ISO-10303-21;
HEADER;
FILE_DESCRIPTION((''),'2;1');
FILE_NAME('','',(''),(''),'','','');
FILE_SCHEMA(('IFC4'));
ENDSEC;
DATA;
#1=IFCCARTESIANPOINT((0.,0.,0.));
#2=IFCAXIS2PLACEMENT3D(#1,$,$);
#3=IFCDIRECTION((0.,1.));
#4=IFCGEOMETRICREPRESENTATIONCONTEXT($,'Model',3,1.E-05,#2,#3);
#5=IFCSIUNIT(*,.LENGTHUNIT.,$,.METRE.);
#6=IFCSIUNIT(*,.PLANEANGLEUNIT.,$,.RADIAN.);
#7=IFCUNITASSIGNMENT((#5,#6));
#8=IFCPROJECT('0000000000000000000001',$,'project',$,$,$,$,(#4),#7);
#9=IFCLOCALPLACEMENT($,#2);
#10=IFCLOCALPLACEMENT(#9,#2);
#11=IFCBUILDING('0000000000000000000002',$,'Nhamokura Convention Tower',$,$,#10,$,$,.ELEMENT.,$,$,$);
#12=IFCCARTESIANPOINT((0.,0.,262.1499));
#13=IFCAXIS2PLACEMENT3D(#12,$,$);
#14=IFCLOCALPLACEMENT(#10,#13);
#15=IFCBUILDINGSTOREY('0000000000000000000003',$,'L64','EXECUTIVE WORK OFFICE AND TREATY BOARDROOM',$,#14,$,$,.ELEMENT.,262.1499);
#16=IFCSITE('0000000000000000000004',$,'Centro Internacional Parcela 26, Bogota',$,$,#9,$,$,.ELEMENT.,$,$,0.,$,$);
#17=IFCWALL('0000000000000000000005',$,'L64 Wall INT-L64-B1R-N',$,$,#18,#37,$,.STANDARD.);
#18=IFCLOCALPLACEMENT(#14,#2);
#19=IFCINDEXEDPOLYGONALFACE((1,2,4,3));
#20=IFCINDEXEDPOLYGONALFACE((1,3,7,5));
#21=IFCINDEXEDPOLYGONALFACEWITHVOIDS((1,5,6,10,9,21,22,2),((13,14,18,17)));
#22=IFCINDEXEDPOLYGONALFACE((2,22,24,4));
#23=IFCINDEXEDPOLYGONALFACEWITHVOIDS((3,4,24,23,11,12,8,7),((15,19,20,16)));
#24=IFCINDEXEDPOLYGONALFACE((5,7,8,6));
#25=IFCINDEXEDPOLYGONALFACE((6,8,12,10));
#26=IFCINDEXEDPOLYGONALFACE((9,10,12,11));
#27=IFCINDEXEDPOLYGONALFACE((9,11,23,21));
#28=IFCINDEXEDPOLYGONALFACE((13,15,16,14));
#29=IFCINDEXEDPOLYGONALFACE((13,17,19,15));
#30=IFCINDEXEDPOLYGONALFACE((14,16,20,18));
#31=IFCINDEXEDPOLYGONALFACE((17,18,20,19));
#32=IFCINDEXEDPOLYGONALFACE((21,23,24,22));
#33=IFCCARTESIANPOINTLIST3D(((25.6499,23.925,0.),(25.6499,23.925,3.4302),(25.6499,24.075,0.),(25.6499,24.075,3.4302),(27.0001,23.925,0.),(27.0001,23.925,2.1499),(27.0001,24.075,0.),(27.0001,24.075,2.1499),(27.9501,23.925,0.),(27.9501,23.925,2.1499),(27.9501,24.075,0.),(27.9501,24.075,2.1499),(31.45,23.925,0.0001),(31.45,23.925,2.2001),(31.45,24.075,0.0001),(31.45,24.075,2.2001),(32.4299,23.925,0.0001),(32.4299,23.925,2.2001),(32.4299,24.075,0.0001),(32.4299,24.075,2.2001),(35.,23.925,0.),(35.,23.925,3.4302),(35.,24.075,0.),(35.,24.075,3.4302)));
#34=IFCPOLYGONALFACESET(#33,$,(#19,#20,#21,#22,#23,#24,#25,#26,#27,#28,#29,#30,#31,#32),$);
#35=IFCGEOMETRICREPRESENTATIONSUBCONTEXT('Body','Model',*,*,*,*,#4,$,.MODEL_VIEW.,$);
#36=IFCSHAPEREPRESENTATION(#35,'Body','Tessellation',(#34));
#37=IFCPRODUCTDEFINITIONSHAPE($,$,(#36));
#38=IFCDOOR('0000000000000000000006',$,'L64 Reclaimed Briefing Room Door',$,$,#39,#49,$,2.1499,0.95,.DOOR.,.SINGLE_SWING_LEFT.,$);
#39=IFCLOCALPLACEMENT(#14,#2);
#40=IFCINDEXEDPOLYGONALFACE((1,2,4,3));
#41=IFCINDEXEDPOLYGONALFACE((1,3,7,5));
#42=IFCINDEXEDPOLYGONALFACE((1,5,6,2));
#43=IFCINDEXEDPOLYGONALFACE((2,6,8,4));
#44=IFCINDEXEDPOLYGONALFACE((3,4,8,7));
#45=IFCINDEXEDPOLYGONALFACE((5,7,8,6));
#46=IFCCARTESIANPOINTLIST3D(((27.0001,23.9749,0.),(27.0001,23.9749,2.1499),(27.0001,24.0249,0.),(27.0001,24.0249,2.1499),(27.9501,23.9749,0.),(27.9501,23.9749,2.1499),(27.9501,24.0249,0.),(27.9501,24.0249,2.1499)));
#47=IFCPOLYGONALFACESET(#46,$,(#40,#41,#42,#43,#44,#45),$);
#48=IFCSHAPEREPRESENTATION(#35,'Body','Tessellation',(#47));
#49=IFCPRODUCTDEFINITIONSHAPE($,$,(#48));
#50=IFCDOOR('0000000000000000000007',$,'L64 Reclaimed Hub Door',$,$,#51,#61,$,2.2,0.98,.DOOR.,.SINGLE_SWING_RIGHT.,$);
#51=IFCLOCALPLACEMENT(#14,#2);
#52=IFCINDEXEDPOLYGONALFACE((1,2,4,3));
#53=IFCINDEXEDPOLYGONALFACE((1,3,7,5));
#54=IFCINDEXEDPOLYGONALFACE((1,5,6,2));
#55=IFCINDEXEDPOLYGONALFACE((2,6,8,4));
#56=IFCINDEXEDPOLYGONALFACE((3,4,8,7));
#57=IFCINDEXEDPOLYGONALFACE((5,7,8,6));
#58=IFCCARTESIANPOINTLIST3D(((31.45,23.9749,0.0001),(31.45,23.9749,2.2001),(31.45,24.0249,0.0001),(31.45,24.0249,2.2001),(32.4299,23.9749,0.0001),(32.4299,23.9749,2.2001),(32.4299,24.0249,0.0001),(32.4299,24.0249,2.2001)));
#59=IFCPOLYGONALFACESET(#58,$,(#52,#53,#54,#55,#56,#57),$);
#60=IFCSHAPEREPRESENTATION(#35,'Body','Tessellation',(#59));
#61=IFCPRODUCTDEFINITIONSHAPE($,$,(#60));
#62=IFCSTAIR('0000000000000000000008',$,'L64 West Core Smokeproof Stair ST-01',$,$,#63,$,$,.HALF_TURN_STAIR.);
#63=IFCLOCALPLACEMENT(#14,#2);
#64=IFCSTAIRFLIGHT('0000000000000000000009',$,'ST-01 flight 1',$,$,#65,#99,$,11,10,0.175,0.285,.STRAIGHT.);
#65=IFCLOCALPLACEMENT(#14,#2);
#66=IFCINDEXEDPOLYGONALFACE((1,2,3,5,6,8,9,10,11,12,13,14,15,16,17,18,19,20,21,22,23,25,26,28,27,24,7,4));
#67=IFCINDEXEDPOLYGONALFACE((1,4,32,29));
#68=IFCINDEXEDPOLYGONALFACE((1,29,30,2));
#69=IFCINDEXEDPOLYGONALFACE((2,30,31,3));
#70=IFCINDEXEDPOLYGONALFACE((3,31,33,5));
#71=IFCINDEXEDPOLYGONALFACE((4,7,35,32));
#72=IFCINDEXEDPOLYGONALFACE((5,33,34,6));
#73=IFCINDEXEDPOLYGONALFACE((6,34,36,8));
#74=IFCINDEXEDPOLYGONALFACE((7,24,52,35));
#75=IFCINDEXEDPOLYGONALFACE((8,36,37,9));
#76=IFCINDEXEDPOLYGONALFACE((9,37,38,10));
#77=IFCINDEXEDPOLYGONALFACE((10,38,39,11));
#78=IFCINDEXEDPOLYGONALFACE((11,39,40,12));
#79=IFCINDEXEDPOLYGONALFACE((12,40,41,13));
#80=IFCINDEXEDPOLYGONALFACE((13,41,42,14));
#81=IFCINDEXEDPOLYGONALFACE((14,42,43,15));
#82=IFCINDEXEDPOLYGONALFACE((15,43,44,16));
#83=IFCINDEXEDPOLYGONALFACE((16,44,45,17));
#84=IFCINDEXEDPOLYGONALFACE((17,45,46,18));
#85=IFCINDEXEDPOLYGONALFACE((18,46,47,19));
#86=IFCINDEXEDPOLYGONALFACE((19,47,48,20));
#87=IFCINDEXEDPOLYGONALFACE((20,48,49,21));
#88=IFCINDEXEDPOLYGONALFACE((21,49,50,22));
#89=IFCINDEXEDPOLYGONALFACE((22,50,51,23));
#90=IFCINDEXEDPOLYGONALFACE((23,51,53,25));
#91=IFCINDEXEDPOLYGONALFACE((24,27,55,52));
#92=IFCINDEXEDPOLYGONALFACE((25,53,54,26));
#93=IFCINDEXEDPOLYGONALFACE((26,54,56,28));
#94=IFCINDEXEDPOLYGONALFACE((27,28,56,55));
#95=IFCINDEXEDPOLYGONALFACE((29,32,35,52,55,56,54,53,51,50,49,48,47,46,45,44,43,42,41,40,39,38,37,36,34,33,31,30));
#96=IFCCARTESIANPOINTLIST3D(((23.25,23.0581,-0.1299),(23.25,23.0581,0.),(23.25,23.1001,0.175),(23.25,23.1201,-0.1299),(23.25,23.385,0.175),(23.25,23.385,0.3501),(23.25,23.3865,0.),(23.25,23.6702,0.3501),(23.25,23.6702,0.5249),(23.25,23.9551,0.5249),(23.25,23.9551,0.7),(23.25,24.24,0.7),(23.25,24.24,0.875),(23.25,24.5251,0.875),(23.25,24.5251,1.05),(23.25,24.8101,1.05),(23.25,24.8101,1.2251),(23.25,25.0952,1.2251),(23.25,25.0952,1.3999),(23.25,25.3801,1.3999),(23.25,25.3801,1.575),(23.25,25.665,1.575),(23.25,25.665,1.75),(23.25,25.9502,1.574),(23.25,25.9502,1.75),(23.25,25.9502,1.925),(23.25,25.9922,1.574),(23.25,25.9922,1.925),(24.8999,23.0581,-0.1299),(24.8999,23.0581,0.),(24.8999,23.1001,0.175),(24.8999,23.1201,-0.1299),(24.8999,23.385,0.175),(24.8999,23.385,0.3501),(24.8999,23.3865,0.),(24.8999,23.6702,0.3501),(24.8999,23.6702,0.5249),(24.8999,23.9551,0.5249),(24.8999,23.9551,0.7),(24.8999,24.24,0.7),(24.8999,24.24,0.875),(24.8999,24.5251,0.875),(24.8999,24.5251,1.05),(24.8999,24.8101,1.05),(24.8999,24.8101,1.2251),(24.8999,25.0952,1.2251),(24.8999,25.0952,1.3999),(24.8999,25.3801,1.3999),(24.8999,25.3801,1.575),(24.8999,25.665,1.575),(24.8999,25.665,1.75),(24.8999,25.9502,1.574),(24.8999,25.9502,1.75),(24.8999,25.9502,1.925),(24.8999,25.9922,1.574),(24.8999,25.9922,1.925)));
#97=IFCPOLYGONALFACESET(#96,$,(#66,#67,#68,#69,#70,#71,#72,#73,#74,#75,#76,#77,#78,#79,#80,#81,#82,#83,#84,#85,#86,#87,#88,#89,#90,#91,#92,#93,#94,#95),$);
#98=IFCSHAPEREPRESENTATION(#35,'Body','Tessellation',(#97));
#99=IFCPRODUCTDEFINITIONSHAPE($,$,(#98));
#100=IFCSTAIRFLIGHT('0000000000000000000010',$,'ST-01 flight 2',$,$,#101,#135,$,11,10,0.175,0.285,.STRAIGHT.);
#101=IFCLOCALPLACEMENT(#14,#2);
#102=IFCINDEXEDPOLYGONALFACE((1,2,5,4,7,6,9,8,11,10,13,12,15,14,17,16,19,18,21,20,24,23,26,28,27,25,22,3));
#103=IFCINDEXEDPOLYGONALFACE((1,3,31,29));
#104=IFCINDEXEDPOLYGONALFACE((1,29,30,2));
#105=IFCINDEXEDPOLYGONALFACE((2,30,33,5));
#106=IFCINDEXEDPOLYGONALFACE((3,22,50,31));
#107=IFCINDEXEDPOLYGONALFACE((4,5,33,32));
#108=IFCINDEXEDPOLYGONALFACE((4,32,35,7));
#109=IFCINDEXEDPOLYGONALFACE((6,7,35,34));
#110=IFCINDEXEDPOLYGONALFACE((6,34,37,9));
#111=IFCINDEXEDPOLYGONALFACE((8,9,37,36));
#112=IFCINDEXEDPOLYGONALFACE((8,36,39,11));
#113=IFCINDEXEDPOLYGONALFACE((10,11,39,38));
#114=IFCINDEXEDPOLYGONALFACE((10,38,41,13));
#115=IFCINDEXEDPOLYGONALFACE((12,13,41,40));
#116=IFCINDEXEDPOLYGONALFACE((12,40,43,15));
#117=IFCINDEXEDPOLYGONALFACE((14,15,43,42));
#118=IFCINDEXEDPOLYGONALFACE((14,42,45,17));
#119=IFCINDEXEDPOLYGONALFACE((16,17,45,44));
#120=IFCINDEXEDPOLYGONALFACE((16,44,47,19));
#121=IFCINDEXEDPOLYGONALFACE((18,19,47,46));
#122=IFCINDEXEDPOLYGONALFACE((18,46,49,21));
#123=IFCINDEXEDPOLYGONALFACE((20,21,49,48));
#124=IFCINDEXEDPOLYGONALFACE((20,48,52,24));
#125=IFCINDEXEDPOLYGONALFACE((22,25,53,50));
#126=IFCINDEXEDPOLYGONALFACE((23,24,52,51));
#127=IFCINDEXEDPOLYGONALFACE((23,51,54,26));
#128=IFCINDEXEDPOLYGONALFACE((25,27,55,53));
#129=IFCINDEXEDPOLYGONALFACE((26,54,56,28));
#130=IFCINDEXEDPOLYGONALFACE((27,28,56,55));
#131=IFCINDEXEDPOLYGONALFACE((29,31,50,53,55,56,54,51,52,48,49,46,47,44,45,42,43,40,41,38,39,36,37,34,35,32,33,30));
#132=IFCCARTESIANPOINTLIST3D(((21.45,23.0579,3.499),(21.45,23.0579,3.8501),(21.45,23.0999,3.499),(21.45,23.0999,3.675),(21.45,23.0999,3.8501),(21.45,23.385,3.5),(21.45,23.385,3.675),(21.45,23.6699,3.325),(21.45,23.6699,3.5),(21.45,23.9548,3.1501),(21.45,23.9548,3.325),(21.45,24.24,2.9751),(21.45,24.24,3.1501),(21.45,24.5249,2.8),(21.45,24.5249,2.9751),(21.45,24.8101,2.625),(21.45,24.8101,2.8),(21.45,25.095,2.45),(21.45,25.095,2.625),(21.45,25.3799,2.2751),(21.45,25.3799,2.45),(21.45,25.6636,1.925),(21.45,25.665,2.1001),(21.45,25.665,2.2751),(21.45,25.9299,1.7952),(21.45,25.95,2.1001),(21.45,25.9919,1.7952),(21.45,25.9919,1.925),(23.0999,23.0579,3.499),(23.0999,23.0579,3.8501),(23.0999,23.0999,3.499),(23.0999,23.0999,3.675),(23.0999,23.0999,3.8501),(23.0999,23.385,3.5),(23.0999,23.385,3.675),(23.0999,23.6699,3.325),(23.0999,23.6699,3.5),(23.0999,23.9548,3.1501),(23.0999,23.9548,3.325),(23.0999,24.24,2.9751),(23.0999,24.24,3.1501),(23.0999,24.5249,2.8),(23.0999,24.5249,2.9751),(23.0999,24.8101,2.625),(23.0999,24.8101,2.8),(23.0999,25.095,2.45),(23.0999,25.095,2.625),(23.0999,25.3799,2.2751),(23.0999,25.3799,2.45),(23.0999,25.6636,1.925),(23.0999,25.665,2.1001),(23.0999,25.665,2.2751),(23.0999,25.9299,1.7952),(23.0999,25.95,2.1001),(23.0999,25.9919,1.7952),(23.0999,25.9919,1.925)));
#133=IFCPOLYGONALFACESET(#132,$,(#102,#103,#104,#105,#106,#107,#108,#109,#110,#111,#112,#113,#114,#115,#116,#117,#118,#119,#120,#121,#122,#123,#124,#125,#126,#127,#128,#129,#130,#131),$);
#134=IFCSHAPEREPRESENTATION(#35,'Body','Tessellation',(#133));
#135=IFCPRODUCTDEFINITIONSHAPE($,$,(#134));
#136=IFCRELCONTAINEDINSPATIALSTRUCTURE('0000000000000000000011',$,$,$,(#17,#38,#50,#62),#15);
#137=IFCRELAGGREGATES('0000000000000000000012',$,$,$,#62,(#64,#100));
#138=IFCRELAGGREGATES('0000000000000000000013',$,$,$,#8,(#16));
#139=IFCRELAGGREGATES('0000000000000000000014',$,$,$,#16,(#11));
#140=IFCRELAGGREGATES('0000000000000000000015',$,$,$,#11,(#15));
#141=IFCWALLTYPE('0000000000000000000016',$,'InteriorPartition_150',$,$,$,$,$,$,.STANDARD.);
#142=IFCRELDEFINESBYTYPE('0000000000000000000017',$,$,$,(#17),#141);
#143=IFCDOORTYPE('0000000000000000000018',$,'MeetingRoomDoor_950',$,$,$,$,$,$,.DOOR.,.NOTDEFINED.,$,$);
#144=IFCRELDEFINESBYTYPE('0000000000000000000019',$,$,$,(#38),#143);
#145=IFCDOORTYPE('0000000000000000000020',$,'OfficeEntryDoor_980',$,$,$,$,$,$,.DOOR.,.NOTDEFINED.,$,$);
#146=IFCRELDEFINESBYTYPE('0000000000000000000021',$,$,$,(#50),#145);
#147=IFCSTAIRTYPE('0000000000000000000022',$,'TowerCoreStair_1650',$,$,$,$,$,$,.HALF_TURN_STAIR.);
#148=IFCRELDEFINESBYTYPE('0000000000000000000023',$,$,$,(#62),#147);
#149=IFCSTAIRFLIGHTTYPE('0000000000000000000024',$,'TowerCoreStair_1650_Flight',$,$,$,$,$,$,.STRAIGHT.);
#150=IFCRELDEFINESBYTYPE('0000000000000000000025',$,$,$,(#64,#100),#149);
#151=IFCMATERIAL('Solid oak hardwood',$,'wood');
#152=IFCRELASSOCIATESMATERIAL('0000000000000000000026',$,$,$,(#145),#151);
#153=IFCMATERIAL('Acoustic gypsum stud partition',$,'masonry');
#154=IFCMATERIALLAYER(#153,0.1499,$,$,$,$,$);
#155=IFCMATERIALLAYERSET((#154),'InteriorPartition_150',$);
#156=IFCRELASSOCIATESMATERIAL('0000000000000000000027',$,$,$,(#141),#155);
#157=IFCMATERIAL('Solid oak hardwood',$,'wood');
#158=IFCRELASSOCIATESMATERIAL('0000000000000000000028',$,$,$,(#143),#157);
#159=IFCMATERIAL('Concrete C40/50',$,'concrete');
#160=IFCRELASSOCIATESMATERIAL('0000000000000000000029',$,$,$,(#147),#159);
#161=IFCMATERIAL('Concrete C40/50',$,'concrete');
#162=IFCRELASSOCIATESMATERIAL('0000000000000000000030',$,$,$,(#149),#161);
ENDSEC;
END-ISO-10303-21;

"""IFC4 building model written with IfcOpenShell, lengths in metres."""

from ifc_helpers import new_model, si_unit, direction, frame, frame_2d, origin, place, context, subcontext, project, spatial, polyline, rectangle, outline, extrude, material, layer, layer_set, type_object, element, fill, aggregate, save


model = new_model("IFC4")

# Units and contexts
model_context = context("Model", 3, precision=1e-05, world=origin(), true_north=direction((0.0, 1.0)))
body_context = subcontext(model_context, "Body", "Model", "MODEL_VIEW")
ifc_project = project(units=[si_unit("LENGTHUNIT", "METRE"), si_unit("PLANEANGLEUNIT", "RADIAN")], contexts=[model_context])

# Site, building, storey
site_placement = place(None, origin())
site = spatial("IfcSite", under=ifc_project, at=site_placement, Name="Centro Internacional Parcela 26, Bogota", CompositionType="ELEMENT", RefElevation=0.0)
building_placement = place(site_placement, origin())
building = spatial("IfcBuilding", under=site, at=building_placement, Name="Nhamokura Convention Tower", CompositionType="ELEMENT")
storey_placement = place(building_placement, frame((0.0, 0.0, 262.1499)))
storey = spatial("IfcBuildingStorey", under=building, at=storey_placement, Name="L64", Description="EXECUTIVE WORK OFFICE AND TREATY BOARDROOM", CompositionType="ELEMENT", Elevation=262.1499)

# Shared definitions
ifc_material_1 = material(Name="Solid oak hardwood", Category="wood")
door_type_1 = type_object("IfcDoorType", Name="OfficeEntryDoor_980", OperationType="NOTDEFINED", PredefinedType="DOOR", material=ifc_material_1)

# Wall, openings, doors
ifc_material_2 = material(Name="Acoustic gypsum stud partition", Category="masonry")
ifc_layer_1 = layer(ifc_material_2, 0.1499)
ifc_layer_set_1 = layer_set([ifc_layer_1], Name="InteriorPartition_150")
wall_type_1 = type_object("IfcWallType", Name="InteriorPartition_150", PredefinedType="STANDARD", material=ifc_layer_set_1)
wall_1_placement = place(storey_placement, frame((25.6499, 24.0, 0.0), z_axis=(0.0, 0.0, 1.0), x_axis=(1.0, 0.0, 0.0)))
wall_1 = element("IfcWall", 1, at=wall_1_placement, inside=storey, type_object=wall_type_1, Name="L64 Wall INT-L64-B1R-N", PredefinedType="STANDARD", context=body_context, shape_type="SweptSolid", body=[
    extrude(rectangle(XDim=9.3501, YDim=0.1499, at=frame_2d((4.675, 0.0))), origin(), (0.0, 0.0, 1.0), 3.4302),
])
opening_1_placement = place(wall_1_placement, frame((1.3501, 0.0, 0.0)))
opening_1 = element("IfcOpeningElement", 2, at=opening_1_placement, cuts=wall_1, PredefinedType="OPENING", context=body_context, shape_type="SweptSolid", body=[
    extrude(rectangle(XDim=0.95, YDim=2.1499, at=frame_2d((0.4751, 1.075))), frame((0.0, 0.085, 0.0), z_axis=(0.0, -1.0, 0.0), x_axis=(1.0, 0.0, 0.0)), (0.0, 0.0, 1.0), 0.1699),
])
opening_2_placement = place(wall_1_placement, frame((5.8, 0.0, 0.0)))
opening_2 = element("IfcOpeningElement", 3, at=opening_2_placement, cuts=wall_1, PredefinedType="OPENING", context=body_context, shape_type="SweptSolid", body=[
    extrude(rectangle(XDim=0.98, YDim=2.2, at=frame_2d((0.49, 1.1001))), frame((0.0, 0.085, 0.0), z_axis=(0.0, -1.0, 0.0), x_axis=(1.0, 0.0, 0.0)), (0.0, 0.0, 1.0), 0.1699),
])
ifc_material_3 = material(Name="Solid oak hardwood", Category="wood")
door_type_2 = type_object("IfcDoorType", Name="MeetingRoomDoor_950", OperationType="NOTDEFINED", PredefinedType="DOOR", material=ifc_material_3)
door_1_placement = place(opening_1_placement, origin())
door_1 = element("IfcDoor", 4, at=door_1_placement, inside=storey, type_object=door_type_2, Name="L64 Reclaimed Briefing Room Door", OperationType="SINGLE_SWING_LEFT", OverallHeight=2.1499, OverallWidth=0.95, PredefinedType="DOOR", context=body_context, shape_type="SweptSolid", body=[
    extrude(rectangle(XDim=0.95, YDim=2.1499, at=frame_2d((0.4751, 1.075))), frame((0.0, 0.0249, 0.0), z_axis=(0.0, -1.0, 0.0), x_axis=(1.0, 0.0, 0.0)), (0.0, 0.0, 1.0), 0.05),
])
fill(opening_1, door_1)
door_2_placement = place(opening_2_placement, origin())
door_2 = element("IfcDoor", 5, at=door_2_placement, inside=storey, type_object=door_type_1, Name="L64 Reclaimed Hub Door", OperationType="SINGLE_SWING_RIGHT", OverallHeight=2.2, OverallWidth=0.98, PredefinedType="DOOR", context=body_context, shape_type="SweptSolid", body=[
    extrude(rectangle(XDim=0.98, YDim=2.2, at=frame_2d((0.49, 1.1001))), frame((0.0, 0.0249, 0.0), z_axis=(0.0, -1.0, 0.0), x_axis=(1.0, 0.0, 0.0)), (0.0, 0.0, 1.0), 0.05),
])
fill(opening_2, door_2)

# Stair, stair flights
ifc_material_4 = material(Name="Concrete C40/50", Category="concrete")
stair_type = type_object("IfcStairType", Name="TowerCoreStair_1650", PredefinedType="HALF_TURN_STAIR", material=ifc_material_4)
stair_placement = place(storey_placement, origin())
stair = element("IfcStair", 6, at=stair_placement, inside=storey, type_object=stair_type, Name="L64 West Core Smokeproof Stair ST-01", PredefinedType="HALF_TURN_STAIR")
ifc_material_5 = material(Name="Concrete C40/50", Category="concrete")
stair_flight_type = type_object("IfcStairFlightType", Name="TowerCoreStair_1650_Flight", PredefinedType="STRAIGHT", material=ifc_material_5)
stair_flight_1_placement = place(storey_placement, frame((24.075, 23.1001, 0.0), z_axis=(0.0, 0.0, 1.0), x_axis=(0.0, 1.0, 0.0)))
stair_flight_1 = element("IfcStairFlight", 7, at=stair_flight_1_placement, type_object=stair_flight_type, Name="ST-01 flight 1", NumberOfRisers=11, NumberOfTreads=10, PredefinedType="STRAIGHT", RiserHeight=0.175, TreadLength=0.285, context=body_context, shape_type="SweptSolid", body=[
    extrude(outline(polyline([(-0.042, 0.0), (0.0, 0.175), (0.2849, 0.175), (0.2849, 0.3501), (0.5701, 0.3501), (0.5701, 0.5249), (0.855, 0.5249), (0.855, 0.7), (1.1399, 0.7), (1.1399, 0.875), (1.425, 0.875), (1.425, 1.05), (1.71, 1.05), (1.71, 1.2251), (1.9951, 1.2251), (1.9951, 1.3999), (2.28, 1.3999), (2.28, 1.575), (2.5649, 1.575), (2.5649, 1.75), (2.8501, 1.75), (2.8501, 1.925), (2.8921, 1.925), (2.8921, 1.574), (2.8501, 1.574), (0.2864, 0.0), (0.02, -0.1299), (-0.042, -0.1299), (-0.042, 0.0)])), frame((0.0, 0.825, 0.0), z_axis=(0.0, -1.0, 0.0), x_axis=(1.0, 0.0, 0.0)), (0.0, 0.0, 1.0), 1.6499),
])
stair_flight_2_placement = place(storey_placement, frame((22.2749, 25.95, 1.925), z_axis=(0.0, 0.0, 1.0), x_axis=(0.0, -1.0, 0.0)))
stair_flight_2 = element("IfcStairFlight", 8, at=stair_flight_2_placement, type_object=stair_flight_type, Name="ST-01 flight 2", NumberOfRisers=11, NumberOfTreads=10, PredefinedType="STRAIGHT", RiserHeight=0.175, TreadLength=0.285, context=body_context, shape_type="SweptSolid", body=[
    extrude(outline(polyline([(-0.042, 0.0), (0.0, 0.175), (0.2849, 0.175), (0.2849, 0.3501), (0.5701, 0.3501), (0.5701, 0.5249), (0.855, 0.5249), (0.855, 0.7), (1.1399, 0.7), (1.1399, 0.875), (1.425, 0.875), (1.425, 1.05), (1.71, 1.05), (1.71, 1.2251), (1.9951, 1.2251), (1.9951, 1.3999), (2.28, 1.3999), (2.28, 1.575), (2.5649, 1.575), (2.5649, 1.75), (2.8501, 1.75), (2.8501, 1.925), (2.8921, 1.925), (2.8921, 1.574), (2.8501, 1.574), (0.2864, 0.0), (0.02, -0.1299), (-0.042, -0.1299), (-0.042, 0.0)])), frame((0.0, 0.825, 0.0), z_axis=(0.0, -1.0, 0.0), x_axis=(1.0, 0.0, 0.0)), (0.0, 0.0, 1.0), 1.6499),
])
aggregate(stair, [stair_flight_1, stair_flight_2])

save(model, "model.ifc")
